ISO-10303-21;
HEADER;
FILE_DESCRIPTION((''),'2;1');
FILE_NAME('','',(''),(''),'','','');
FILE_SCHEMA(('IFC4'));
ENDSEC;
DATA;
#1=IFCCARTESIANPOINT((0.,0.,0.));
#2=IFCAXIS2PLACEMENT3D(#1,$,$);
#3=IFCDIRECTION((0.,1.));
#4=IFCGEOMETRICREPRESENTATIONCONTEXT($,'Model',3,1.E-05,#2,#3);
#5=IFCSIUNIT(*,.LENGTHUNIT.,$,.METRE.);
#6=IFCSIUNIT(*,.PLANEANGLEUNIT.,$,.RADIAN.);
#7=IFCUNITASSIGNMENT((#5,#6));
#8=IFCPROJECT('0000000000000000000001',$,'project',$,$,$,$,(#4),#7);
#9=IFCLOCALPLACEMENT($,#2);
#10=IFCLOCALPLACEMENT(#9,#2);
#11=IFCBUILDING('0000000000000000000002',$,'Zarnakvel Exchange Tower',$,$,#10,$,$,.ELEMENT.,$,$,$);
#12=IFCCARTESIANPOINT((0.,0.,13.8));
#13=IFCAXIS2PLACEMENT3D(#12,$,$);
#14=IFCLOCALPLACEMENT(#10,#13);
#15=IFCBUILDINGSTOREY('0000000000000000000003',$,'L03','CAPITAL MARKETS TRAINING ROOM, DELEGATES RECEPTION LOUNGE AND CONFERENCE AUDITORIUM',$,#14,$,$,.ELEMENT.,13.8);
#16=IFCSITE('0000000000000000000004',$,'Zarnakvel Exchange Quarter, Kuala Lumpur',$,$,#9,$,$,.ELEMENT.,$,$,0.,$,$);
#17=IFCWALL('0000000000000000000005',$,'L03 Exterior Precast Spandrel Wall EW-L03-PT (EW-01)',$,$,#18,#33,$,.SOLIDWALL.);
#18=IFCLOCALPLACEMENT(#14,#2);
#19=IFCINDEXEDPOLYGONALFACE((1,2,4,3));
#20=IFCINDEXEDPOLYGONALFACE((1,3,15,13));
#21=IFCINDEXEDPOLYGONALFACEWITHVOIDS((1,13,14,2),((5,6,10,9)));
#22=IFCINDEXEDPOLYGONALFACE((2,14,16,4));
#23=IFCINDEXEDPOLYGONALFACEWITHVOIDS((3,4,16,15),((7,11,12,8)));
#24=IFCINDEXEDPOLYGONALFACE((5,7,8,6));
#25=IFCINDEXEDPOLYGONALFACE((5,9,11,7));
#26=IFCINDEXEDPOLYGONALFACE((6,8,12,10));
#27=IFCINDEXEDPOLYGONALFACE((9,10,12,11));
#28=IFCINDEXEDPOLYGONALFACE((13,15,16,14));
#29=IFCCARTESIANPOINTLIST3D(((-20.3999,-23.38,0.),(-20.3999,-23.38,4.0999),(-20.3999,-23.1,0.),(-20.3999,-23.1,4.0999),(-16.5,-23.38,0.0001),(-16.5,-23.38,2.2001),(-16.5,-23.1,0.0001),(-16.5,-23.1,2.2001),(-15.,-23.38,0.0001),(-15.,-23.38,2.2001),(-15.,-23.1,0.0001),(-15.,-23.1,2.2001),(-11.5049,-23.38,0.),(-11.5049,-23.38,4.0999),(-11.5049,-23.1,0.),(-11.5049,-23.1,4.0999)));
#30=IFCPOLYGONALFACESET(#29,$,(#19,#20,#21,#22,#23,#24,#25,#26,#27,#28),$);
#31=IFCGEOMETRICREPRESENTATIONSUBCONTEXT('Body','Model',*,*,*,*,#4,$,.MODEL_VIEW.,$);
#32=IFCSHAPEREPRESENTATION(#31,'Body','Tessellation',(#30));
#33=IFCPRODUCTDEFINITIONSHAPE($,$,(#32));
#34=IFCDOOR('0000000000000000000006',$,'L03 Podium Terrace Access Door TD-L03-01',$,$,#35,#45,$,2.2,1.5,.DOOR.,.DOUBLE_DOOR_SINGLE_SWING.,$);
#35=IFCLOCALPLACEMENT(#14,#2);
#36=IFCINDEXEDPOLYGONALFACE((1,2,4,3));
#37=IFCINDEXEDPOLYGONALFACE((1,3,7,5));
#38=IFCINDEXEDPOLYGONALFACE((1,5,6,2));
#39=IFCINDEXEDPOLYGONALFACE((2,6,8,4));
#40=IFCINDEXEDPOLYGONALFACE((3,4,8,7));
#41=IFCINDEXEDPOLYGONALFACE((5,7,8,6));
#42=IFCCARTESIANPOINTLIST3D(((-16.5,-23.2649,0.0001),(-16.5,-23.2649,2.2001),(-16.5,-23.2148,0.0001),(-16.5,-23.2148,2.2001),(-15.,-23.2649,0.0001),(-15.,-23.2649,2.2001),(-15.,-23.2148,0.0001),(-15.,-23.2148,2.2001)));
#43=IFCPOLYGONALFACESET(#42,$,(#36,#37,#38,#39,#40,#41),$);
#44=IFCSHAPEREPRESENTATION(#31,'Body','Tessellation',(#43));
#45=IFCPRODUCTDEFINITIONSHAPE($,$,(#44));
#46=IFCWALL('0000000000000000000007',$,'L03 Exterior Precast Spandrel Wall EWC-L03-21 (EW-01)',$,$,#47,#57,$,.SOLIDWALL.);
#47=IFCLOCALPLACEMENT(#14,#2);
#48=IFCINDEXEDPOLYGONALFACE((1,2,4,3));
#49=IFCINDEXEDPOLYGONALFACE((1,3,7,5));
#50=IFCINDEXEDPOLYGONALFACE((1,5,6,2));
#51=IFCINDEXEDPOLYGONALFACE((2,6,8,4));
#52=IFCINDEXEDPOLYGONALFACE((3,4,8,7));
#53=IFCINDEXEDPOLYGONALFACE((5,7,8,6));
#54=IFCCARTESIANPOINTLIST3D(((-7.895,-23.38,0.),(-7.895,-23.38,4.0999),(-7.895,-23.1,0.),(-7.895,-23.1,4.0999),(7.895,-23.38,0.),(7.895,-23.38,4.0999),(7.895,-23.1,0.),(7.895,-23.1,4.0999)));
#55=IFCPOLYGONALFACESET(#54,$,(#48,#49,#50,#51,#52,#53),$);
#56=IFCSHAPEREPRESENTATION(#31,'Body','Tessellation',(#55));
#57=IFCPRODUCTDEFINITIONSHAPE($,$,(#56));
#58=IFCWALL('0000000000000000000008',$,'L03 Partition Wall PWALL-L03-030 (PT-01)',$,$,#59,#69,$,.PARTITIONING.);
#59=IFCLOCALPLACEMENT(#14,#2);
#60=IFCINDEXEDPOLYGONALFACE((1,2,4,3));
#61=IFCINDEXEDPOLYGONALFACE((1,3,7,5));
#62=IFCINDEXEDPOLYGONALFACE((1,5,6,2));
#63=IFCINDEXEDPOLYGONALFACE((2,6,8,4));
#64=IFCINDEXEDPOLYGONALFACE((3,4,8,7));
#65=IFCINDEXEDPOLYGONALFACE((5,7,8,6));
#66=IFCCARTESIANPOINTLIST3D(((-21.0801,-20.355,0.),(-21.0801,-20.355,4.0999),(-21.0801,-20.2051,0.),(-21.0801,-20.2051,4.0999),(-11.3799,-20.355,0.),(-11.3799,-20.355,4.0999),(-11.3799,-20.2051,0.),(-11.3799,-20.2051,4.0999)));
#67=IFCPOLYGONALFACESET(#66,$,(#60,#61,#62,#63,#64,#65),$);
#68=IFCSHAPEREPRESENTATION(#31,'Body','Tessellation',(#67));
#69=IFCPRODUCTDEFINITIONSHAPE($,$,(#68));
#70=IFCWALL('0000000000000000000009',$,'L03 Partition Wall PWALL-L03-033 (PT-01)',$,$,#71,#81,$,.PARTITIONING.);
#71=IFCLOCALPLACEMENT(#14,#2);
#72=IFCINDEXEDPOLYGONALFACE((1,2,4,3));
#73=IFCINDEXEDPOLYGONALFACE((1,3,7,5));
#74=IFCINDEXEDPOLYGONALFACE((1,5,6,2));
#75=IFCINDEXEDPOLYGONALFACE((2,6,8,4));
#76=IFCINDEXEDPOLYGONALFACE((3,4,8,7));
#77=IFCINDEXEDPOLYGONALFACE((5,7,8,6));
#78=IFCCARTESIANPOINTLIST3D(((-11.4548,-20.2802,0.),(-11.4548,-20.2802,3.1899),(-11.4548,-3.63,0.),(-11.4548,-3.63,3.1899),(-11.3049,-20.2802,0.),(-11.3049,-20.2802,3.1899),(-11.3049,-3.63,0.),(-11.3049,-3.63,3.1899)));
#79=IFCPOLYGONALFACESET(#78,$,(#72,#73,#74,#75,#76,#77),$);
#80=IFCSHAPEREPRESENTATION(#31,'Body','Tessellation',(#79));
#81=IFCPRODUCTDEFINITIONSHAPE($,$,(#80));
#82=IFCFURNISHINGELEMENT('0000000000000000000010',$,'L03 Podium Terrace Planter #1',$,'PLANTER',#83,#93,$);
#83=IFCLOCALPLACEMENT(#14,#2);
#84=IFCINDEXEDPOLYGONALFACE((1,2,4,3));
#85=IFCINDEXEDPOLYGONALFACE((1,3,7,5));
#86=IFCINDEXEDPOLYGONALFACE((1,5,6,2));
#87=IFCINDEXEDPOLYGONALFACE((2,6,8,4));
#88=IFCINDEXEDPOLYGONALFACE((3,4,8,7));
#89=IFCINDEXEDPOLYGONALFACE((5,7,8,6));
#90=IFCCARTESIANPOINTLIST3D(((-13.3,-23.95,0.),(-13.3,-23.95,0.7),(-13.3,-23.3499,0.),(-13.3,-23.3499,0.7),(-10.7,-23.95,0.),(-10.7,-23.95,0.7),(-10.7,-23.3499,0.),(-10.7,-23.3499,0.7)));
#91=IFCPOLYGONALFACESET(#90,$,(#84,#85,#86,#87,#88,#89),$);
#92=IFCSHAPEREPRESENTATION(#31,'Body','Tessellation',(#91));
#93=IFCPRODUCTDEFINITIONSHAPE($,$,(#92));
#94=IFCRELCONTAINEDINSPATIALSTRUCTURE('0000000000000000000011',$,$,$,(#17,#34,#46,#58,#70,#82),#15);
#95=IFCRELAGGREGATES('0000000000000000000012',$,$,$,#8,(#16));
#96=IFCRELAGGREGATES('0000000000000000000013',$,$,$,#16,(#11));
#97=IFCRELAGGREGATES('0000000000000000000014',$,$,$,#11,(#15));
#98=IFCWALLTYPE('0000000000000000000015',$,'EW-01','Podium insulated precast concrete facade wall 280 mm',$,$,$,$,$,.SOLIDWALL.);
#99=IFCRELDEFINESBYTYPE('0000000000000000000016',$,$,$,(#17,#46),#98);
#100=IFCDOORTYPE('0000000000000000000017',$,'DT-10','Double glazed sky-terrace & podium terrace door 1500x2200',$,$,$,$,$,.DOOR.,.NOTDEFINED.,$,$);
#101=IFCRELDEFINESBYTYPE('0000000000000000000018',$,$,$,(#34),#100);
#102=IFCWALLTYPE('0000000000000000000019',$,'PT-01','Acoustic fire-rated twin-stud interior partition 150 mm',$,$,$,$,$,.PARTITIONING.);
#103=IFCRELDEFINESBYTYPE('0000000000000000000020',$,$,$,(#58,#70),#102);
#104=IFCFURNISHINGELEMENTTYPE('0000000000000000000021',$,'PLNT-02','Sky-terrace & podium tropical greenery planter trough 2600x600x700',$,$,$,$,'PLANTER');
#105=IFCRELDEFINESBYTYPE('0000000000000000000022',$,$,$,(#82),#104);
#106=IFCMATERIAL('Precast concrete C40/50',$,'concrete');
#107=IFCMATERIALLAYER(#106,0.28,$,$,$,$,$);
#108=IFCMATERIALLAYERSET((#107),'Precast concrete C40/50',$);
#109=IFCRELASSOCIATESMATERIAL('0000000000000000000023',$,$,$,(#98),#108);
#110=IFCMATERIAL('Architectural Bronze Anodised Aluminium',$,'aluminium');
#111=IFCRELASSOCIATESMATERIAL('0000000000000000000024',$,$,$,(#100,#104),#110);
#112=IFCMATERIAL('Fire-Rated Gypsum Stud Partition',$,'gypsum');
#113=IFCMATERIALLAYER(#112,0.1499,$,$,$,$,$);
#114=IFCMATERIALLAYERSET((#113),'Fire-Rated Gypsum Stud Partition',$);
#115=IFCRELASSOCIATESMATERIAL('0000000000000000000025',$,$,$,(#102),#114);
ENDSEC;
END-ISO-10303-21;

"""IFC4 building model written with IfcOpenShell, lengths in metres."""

from ifc_helpers import new_model, si_unit, direction, frame, frame_2d, origin, origin_2d, place, context, subcontext, project, spatial, rectangle, extrude, source, transform, mapped, material, layer, layer_set, type_object, element, fill, save


model = new_model("IFC4")

# Units and contexts
model_context = context("Model", 3, precision=1e-05, world=origin(), true_north=direction((0.0, 1.0)))
body_context = subcontext(model_context, "Body", "Model", "MODEL_VIEW")
ifc_project = project(units=[si_unit("LENGTHUNIT", "METRE"), si_unit("PLANEANGLEUNIT", "RADIAN")], contexts=[model_context])

# Site, building, storey
site_placement = place(None, origin())
site = spatial("IfcSite", under=ifc_project, at=site_placement, Name="Zarnakvel Exchange Quarter, Kuala Lumpur", CompositionType="ELEMENT", RefElevation=0.0)
building_placement = place(site_placement, origin())
building = spatial("IfcBuilding", under=site, at=building_placement, Name="Zarnakvel Exchange Tower", CompositionType="ELEMENT")
storey_placement = place(building_placement, frame((0.0, 0.0, 13.8)))
storey = spatial("IfcBuildingStorey", under=building, at=storey_placement, Name="L03", Description="CAPITAL MARKETS TRAINING ROOM, DELEGATES RECEPTION LOUNGE AND CONFERENCE AUDITORIUM", CompositionType="ELEMENT", Elevation=13.8)

# Shared definitions
ifc_material_1 = material(Name="Architectural Bronze Anodised Aluminium", Category="aluminium")

# Wall, opening, door
ifc_material_2 = material(Name="Precast concrete C40/50", Category="concrete")
ifc_layer_1 = layer(ifc_material_2, 0.28)
ifc_layer_set_1 = layer_set([ifc_layer_1], Name="Precast concrete C40/50")
wall_type_1 = type_object("IfcWallType", Name="EW-01", Description="Podium insulated precast concrete facade wall 280 mm", PredefinedType="SOLIDWALL", material=ifc_layer_set_1)
wall_1_placement = place(storey_placement, frame((-11.5049, -23.24, 0.0), z_axis=(0.0, 0.0, 1.0), x_axis=(-1.0, 0.0, 0.0)))
wall_1 = element("IfcWall", 1, at=wall_1_placement, inside=storey, type_object=wall_type_1, Name="L03 Exterior Precast Spandrel Wall EW-L03-PT (EW-01)", PredefinedType="SOLIDWALL", context=body_context, shape_type="SweptSolid", body=[
    extrude(rectangle(XDim=8.895, YDim=0.28, at=frame_2d((4.4475, 0.0))), origin(), (0.0, 0.0, 1.0), 4.0999),
])
opening_1_placement = place(wall_1_placement, frame((3.4951, 0.0, 0.0)))
opening_1 = element("IfcOpeningElement", 2, at=opening_1_placement, cuts=wall_1, PredefinedType="OPENING", context=body_context, shape_type="SweptSolid", body=[
    extrude(rectangle(XDim=1.5, YDim=2.2, at=frame_2d((0.75, 1.1001))), frame((0.0, 0.1499, 0.0), z_axis=(0.0, -1.0, 0.0), x_axis=(1.0, 0.0, 0.0)), (0.0, 0.0, 1.0), 0.3),
])
door_type_1 = type_object("IfcDoorType", Name="DT-10", Description="Double glazed sky-terrace & podium terrace door 1500x2200", OperationType="NOTDEFINED", PredefinedType="DOOR", material=ifc_material_1)
shared_shape_1 = source(origin(), body_context, "Body", "SweptSolid", [
    extrude(rectangle(XDim=1.5, YDim=2.2, at=frame_2d((0.75, 1.1001))), frame((0.0, 0.0249, 0.0), z_axis=(0.0, -1.0, 0.0), x_axis=(1.0, 0.0, 0.0)), (0.0, 0.0, 1.0), 0.05),
])
door_1_placement = place(opening_1_placement, origin())
door_1 = element("IfcDoor", 3, at=door_1_placement, inside=storey, type_object=door_type_1, Name="L03 Podium Terrace Access Door TD-L03-01", OperationType="DOUBLE_DOOR_SINGLE_SWING", OverallHeight=2.2, OverallWidth=1.5, PredefinedType="DOOR", context=body_context, shape_type="MappedRepresentation", body=[
    mapped(shared_shape_1, transform((0.0, 0.0, 0.0), x_axis=(1.0, 0.0, 0.0), y_axis=(0.0, 1.0, 0.0), z_axis=(0.0, 0.0, 1.0), scale=1.0)),
])
fill(opening_1, door_1)

# Walls
wall_2_placement = place(storey_placement, frame((-7.895, -23.24, 0.0), z_axis=(0.0, 0.0, 1.0), x_axis=(1.0, 0.0, 0.0)))
element("IfcWall", 4, at=wall_2_placement, inside=storey, type_object=wall_type_1, Name="L03 Exterior Precast Spandrel Wall EWC-L03-21 (EW-01)", PredefinedType="SOLIDWALL", context=body_context, shape_type="SweptSolid", body=[
    extrude(rectangle(XDim=15.79, YDim=0.28, at=frame_2d((7.895, 0.0))), origin(), (0.0, 0.0, 1.0), 4.0999),
])
ifc_material_3 = material(Name="Fire-Rated Gypsum Stud Partition", Category="gypsum")
ifc_layer_2 = layer(ifc_material_3, 0.1499)
ifc_layer_set_2 = layer_set([ifc_layer_2], Name="Fire-Rated Gypsum Stud Partition")
wall_type_2 = type_object("IfcWallType", Name="PT-01", Description="Acoustic fire-rated twin-stud interior partition 150 mm", PredefinedType="PARTITIONING", material=ifc_layer_set_2)
wall_3_placement = place(storey_placement, frame((-11.3799, -20.28, 0.0), z_axis=(0.0, 0.0, 1.0), x_axis=(-1.0, 0.0, 0.0)))
element("IfcWall", 5, at=wall_3_placement, inside=storey, type_object=wall_type_2, Name="L03 Partition Wall PWALL-L03-030 (PT-01)", PredefinedType="PARTITIONING", context=body_context, shape_type="SweptSolid", body=[
    extrude(rectangle(XDim=9.7002, YDim=0.1499, at=frame_2d((4.8501, 0.0))), origin(), (0.0, 0.0, 1.0), 4.0999),
])
wall_4_placement = place(storey_placement, frame((-11.3799, -3.6299, 0.0), z_axis=(0.0, 0.0, 1.0), x_axis=(0.0, -1.0, 0.0)))
element("IfcWall", 6, at=wall_4_placement, inside=storey, type_object=wall_type_2, Name="L03 Partition Wall PWALL-L03-033 (PT-01)", PredefinedType="PARTITIONING", context=body_context, shape_type="SweptSolid", body=[
    extrude(rectangle(XDim=16.6501, YDim=0.1499, at=frame_2d((8.3252, 0.0))), origin(), (0.0, 0.0, 1.0), 3.1899),
])

# Furnishing element
furnishing_element_type = type_object("IfcFurnishingElementType", Name="PLNT-02", Description="Sky-terrace & podium tropical greenery planter trough 2600x600x700", ElementType="PLANTER", material=ifc_material_1)
shared_shape_2 = source(origin(), body_context, "Body", "SweptSolid", [
    extrude(rectangle(XDim=2.6001, YDim=0.6001, at=origin_2d()), origin(), (0.0, 0.0, 1.0), 0.7),
])
furnishing_placement = place(storey_placement, frame((-12.0, -23.6499, 0.0), z_axis=(0.0, 0.0, 1.0), x_axis=(1.0, 0.0, 0.0)))
element("IfcFurnishingElement", 7, at=furnishing_placement, inside=storey, type_object=furnishing_element_type, Name="L03 Podium Terrace Planter #1", ObjectType="PLANTER", context=body_context, shape_type="MappedRepresentation", body=[
    mapped(shared_shape_2, transform((0.0, 0.0, 0.0), x_axis=(1.0, 0.0, 0.0), y_axis=(0.0, 1.0, 0.0), z_axis=(0.0, 0.0, 1.0), scale=1.0)),
])

save(model, "model.ifc")
